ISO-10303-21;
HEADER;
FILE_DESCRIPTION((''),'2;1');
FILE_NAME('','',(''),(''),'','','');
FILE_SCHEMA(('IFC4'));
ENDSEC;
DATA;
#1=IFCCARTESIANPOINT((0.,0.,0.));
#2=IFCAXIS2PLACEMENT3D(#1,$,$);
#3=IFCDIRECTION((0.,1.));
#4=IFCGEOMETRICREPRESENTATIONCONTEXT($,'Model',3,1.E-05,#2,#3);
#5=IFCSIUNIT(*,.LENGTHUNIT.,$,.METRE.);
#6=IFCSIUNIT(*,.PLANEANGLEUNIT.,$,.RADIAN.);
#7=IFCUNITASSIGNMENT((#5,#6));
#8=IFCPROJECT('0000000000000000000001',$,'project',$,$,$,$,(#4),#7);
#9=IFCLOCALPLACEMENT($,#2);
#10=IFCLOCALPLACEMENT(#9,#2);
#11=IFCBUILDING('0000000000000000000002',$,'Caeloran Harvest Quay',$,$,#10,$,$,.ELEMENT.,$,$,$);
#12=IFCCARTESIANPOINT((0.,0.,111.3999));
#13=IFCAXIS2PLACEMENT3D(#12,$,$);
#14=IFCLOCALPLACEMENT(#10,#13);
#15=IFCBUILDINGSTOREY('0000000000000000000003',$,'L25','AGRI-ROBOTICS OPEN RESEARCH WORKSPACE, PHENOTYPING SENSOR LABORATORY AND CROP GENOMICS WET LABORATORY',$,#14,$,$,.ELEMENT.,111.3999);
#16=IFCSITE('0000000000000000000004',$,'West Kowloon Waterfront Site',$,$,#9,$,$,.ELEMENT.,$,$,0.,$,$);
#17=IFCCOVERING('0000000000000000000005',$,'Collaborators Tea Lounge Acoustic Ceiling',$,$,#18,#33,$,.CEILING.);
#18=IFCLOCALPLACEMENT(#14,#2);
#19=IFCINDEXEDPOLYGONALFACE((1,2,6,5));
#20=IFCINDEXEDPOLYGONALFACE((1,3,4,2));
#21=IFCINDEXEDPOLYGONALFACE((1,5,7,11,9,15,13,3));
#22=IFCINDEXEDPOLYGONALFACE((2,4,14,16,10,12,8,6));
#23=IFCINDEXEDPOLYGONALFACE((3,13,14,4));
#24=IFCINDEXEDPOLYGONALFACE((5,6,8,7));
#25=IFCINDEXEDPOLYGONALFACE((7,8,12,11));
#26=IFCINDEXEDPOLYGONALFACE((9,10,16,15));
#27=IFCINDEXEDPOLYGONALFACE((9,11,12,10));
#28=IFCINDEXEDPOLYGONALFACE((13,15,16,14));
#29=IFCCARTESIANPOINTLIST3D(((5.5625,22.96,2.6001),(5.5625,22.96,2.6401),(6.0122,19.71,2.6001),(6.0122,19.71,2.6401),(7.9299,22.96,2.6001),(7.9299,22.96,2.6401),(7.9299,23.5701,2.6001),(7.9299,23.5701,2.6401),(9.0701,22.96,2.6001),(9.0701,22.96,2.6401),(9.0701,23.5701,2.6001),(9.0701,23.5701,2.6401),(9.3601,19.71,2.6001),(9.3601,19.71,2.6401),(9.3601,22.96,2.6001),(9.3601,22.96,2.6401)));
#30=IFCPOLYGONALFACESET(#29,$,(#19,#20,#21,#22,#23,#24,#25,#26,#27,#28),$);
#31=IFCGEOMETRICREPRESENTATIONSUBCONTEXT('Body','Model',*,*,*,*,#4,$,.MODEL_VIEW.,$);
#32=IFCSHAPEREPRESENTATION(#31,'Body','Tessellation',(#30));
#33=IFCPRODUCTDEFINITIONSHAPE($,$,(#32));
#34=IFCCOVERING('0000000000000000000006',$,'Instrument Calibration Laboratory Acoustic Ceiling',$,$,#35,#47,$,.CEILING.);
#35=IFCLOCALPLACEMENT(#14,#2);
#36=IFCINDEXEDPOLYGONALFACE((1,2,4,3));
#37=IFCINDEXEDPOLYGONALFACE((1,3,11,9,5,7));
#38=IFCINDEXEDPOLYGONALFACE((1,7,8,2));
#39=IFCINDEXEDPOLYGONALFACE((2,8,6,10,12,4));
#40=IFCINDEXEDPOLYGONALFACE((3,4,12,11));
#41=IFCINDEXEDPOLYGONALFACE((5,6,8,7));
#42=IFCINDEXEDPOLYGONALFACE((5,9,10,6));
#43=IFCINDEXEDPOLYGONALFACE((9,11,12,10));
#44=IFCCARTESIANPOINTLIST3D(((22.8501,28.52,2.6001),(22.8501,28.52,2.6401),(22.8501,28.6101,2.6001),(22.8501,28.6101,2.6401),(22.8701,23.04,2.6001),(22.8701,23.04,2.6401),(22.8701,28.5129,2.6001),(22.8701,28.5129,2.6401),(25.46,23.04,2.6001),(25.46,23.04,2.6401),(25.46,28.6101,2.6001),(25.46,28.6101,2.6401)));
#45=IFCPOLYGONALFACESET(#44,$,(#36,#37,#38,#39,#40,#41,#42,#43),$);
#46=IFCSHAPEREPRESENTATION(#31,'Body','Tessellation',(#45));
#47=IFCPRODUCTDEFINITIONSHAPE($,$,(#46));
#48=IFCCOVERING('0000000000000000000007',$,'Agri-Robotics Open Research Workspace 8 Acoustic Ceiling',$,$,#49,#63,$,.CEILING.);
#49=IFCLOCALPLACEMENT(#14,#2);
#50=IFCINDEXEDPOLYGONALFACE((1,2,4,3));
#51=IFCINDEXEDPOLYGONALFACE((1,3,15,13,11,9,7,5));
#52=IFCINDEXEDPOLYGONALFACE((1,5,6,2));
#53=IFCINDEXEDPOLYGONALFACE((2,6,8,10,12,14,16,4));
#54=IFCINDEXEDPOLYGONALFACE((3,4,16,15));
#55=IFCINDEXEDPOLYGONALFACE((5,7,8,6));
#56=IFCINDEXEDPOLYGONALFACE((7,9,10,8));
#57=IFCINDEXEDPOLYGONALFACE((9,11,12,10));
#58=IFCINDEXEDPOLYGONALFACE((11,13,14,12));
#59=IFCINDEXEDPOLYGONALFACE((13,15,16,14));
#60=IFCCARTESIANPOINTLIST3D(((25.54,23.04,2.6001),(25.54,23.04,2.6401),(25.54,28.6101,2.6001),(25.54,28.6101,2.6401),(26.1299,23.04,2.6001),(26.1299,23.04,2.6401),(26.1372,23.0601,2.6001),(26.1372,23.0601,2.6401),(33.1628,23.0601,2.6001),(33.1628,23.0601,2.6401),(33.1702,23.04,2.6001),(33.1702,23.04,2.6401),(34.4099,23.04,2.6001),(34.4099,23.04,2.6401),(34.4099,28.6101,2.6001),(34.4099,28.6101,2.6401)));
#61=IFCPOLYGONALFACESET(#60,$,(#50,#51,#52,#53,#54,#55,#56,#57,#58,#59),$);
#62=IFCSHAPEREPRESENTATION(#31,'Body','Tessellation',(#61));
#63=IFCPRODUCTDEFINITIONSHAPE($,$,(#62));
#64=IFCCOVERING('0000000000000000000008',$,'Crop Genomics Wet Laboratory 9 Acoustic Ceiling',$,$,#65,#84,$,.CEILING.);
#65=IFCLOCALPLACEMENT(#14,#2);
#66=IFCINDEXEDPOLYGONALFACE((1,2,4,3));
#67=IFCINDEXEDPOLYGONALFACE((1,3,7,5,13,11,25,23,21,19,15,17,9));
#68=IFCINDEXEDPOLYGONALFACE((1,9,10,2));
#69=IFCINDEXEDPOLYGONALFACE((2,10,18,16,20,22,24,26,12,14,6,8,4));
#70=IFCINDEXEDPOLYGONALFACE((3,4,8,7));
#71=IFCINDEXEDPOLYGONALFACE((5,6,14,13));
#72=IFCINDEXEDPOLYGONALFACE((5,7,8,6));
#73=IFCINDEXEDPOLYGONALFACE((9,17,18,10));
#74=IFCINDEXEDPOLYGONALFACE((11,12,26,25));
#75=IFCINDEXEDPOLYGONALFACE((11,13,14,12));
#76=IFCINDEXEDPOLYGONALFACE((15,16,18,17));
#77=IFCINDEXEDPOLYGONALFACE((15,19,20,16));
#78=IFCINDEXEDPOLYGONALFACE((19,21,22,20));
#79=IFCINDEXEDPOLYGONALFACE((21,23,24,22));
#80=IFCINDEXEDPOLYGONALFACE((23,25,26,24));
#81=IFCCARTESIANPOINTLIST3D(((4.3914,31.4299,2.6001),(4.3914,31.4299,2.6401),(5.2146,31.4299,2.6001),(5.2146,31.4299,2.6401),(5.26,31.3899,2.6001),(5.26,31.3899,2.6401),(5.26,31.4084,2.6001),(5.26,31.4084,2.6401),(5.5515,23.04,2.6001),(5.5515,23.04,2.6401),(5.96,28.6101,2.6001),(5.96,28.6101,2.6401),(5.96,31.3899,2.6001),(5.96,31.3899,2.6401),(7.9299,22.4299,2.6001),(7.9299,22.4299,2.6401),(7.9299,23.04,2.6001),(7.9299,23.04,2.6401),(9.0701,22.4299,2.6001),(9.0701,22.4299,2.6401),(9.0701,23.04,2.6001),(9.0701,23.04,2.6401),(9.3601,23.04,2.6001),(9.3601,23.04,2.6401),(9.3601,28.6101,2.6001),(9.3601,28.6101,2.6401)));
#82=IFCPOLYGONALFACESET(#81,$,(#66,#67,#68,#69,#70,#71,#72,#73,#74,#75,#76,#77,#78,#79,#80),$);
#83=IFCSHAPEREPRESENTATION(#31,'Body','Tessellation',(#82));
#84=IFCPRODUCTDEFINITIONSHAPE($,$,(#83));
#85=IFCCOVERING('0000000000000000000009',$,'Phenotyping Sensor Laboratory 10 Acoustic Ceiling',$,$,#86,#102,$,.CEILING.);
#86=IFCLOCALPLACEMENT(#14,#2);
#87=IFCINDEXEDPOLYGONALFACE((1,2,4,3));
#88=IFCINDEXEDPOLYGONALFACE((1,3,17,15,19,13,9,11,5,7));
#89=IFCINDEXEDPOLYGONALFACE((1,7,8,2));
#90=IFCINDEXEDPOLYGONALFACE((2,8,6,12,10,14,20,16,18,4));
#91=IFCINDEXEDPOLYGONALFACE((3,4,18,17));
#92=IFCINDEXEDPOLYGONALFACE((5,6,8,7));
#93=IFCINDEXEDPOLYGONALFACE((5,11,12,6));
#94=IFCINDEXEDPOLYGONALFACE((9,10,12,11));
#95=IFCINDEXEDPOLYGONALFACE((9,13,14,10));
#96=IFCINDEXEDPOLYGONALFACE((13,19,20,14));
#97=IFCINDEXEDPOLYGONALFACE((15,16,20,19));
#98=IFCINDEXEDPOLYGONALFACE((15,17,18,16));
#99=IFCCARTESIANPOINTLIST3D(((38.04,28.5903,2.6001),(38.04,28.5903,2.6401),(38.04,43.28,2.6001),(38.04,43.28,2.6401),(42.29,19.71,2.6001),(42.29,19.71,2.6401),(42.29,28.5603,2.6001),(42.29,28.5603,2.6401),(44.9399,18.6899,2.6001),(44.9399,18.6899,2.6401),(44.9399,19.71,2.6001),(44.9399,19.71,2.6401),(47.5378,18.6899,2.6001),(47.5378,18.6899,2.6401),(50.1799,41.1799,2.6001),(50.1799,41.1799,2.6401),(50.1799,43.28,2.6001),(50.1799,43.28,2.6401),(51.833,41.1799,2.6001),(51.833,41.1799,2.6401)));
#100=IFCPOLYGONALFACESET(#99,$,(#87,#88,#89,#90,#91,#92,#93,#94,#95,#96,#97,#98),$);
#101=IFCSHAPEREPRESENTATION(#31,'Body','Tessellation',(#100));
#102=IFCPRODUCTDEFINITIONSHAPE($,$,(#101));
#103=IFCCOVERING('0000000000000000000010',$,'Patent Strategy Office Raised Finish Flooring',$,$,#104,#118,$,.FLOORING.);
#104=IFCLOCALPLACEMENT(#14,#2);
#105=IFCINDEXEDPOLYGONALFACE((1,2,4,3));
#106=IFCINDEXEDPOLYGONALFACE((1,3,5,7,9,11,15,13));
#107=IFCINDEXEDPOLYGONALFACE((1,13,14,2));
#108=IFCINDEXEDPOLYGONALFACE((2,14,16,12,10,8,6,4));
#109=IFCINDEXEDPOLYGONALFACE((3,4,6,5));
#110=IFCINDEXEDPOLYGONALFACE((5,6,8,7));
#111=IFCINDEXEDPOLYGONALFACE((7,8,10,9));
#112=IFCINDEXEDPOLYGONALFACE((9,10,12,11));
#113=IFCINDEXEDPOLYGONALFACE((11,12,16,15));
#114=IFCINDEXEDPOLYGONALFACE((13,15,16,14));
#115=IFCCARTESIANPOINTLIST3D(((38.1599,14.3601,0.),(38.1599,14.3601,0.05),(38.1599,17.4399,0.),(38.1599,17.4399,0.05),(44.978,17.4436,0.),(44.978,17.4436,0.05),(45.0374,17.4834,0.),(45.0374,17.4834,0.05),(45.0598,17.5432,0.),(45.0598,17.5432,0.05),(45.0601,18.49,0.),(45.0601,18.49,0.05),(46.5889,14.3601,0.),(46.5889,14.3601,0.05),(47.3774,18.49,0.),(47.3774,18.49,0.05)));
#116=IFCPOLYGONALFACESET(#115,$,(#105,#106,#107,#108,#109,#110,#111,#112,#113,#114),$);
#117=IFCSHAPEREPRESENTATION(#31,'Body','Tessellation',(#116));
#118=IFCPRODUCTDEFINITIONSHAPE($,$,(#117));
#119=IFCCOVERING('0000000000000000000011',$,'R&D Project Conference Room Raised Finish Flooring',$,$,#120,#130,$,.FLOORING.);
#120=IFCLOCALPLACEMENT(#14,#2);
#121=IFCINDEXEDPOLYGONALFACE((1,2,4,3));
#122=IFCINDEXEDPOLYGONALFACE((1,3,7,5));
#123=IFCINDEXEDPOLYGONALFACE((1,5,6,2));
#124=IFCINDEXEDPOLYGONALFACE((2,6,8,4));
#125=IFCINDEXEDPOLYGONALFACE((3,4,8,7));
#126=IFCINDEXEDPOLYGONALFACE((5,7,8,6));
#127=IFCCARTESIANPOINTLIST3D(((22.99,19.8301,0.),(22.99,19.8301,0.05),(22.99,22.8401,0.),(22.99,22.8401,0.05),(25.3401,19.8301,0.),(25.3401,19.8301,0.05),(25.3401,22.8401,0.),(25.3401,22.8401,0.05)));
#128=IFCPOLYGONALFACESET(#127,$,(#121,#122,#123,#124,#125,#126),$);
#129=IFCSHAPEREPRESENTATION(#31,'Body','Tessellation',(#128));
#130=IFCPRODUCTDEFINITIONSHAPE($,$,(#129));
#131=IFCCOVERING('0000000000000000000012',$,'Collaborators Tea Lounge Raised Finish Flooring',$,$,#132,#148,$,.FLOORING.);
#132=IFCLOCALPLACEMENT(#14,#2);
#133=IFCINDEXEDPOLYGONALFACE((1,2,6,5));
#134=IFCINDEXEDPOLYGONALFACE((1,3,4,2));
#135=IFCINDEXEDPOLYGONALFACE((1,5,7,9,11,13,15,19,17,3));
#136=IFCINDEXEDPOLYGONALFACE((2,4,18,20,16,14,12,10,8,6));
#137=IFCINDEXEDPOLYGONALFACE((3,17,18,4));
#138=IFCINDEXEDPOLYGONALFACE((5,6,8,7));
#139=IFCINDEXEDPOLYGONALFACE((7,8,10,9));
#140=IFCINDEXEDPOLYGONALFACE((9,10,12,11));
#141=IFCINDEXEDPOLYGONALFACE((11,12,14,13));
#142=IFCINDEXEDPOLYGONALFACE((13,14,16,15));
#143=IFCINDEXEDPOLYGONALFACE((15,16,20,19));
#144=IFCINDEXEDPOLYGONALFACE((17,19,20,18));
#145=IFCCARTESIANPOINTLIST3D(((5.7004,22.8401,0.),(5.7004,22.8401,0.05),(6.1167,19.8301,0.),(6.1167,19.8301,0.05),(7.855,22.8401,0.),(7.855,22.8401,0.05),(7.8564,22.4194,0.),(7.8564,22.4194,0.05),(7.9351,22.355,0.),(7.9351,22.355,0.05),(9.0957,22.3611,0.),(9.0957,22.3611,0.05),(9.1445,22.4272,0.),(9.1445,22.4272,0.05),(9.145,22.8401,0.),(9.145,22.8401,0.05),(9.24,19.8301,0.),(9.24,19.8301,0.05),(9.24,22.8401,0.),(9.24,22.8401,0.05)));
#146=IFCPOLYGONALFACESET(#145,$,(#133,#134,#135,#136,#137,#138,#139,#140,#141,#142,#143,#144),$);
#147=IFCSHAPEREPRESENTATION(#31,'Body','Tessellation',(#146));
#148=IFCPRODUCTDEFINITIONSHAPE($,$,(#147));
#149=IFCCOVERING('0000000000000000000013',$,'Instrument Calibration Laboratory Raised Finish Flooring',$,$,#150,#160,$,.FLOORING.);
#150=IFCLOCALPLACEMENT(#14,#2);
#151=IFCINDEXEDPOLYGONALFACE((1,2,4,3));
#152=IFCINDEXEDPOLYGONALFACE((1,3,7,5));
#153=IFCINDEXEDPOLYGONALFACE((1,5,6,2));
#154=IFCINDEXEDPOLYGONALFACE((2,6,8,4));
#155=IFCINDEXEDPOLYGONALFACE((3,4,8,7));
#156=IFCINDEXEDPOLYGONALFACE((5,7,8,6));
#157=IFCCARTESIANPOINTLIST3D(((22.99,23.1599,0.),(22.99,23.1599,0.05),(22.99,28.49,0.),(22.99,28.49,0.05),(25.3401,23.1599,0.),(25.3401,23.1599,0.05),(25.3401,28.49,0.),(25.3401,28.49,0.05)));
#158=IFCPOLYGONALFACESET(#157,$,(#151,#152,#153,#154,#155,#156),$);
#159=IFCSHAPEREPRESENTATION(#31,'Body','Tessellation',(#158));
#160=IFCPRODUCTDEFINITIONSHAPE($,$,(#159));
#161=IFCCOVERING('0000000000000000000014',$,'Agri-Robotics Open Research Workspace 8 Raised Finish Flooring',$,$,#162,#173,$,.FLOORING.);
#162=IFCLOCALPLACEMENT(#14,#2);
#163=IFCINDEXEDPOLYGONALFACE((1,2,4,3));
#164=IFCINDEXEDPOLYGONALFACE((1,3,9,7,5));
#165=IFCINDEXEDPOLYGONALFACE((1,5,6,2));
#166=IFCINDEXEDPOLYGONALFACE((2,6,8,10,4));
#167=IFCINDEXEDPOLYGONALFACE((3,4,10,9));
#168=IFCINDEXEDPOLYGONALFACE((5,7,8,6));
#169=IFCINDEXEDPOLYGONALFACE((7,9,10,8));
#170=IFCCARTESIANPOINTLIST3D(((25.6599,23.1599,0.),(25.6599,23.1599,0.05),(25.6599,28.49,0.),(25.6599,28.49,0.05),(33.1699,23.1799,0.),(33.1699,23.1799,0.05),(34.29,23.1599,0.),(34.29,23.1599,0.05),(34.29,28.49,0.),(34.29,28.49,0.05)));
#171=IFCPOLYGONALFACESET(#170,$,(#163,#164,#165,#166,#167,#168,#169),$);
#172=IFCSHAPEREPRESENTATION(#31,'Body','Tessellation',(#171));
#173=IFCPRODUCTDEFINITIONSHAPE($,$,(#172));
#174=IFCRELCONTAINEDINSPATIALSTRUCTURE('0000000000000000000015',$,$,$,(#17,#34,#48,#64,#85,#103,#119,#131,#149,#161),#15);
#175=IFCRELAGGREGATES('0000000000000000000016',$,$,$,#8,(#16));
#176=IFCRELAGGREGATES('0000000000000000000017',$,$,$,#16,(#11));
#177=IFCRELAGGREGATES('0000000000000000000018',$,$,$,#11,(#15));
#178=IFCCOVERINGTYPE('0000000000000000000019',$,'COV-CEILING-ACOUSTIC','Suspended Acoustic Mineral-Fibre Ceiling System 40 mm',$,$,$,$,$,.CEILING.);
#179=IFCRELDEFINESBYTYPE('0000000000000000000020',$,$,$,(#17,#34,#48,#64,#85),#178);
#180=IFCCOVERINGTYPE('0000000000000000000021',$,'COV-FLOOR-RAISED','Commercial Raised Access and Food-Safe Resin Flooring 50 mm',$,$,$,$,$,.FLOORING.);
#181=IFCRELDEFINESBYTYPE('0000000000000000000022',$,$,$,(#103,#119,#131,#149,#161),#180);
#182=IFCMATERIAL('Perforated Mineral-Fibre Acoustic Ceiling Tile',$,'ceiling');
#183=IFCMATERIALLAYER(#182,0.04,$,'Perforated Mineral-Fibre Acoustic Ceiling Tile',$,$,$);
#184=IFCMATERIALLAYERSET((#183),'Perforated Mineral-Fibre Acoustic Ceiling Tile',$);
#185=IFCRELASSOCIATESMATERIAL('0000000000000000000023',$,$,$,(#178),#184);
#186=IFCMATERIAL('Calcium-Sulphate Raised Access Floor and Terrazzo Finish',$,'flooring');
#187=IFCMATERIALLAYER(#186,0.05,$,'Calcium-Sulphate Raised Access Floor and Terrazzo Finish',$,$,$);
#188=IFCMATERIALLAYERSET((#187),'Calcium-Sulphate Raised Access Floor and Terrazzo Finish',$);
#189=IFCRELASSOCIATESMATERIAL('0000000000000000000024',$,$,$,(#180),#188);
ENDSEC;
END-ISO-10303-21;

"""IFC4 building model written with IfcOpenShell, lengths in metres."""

from ifc_helpers import new_model, si_unit, direction, frame, origin, place, context, subcontext, project, spatial, polyline, outline, extrude, material, layer, layer_set, type_object, element, save


model = new_model("IFC4")

# Units and contexts
model_context = context("Model", 3, precision=1e-05, world=origin(), true_north=direction((0.0, 1.0)))
body_context = subcontext(model_context, "Body", "Model", "MODEL_VIEW")
ifc_project = project(units=[si_unit("LENGTHUNIT", "METRE"), si_unit("PLANEANGLEUNIT", "RADIAN")], contexts=[model_context])

# Site, building, storey
site_placement = place(None, origin())
site = spatial("IfcSite", under=ifc_project, at=site_placement, Name="West Kowloon Waterfront Site", CompositionType="ELEMENT", RefElevation=0.0)
building_placement = place(site_placement, origin())
building = spatial("IfcBuilding", under=site, at=building_placement, Name="Caeloran Harvest Quay", CompositionType="ELEMENT")
storey_placement = place(building_placement, frame((0.0, 0.0, 111.3999)))
storey = spatial("IfcBuildingStorey", under=building, at=storey_placement, Name="L25", Description="AGRI-ROBOTICS OPEN RESEARCH WORKSPACE, PHENOTYPING SENSOR LABORATORY AND CROP GENOMICS WET LABORATORY", CompositionType="ELEMENT", Elevation=111.3999)

# Coverings
ifc_material_1 = material(Name="Perforated Mineral-Fibre Acoustic Ceiling Tile", Category="ceiling")
ifc_layer_1 = layer(ifc_material_1, 0.04, Name="Perforated Mineral-Fibre Acoustic Ceiling Tile")
ifc_layer_set_1 = layer_set([ifc_layer_1], Name="Perforated Mineral-Fibre Acoustic Ceiling Tile")
covering_type_1 = type_object("IfcCoveringType", Name="COV-CEILING-ACOUSTIC", Description="Suspended Acoustic Mineral-Fibre Ceiling System 40 mm", PredefinedType="CEILING", material=ifc_layer_set_1)
covering_1_placement = place(storey_placement, frame((0.0, 0.0, 2.6001)))
element("IfcCovering", 1, at=covering_1_placement, inside=storey, type_object=covering_type_1, Name="Collaborators Tea Lounge Acoustic Ceiling", PredefinedType="CEILING", context=body_context, shape_type="SweptSolid", body=[
    extrude(outline(polyline([(9.3601, 22.96), (9.3601, 19.71), (6.0122, 19.71), (5.5625, 22.96), (7.9299, 22.96), (7.9299, 23.5701), (9.0701, 23.5701), (9.0701, 22.96), (9.3601, 22.96)])), origin(), (0.0, 0.0, 1.0), 0.04),
])
covering_2_placement = place(storey_placement, frame((0.0, 0.0, 2.6001)))
element("IfcCovering", 2, at=covering_2_placement, inside=storey, type_object=covering_type_1, Name="Instrument Calibration Laboratory Acoustic Ceiling", PredefinedType="CEILING", context=body_context, shape_type="SweptSolid", body=[
    extrude(outline(polyline([(22.8701, 28.5129), (22.8501, 28.52), (22.8501, 28.6101), (25.46, 28.6101), (25.46, 23.04), (22.8701, 23.04), (22.8701, 28.5129)])), origin(), (0.0, 0.0, 1.0), 0.04),
])
covering_3_placement = place(storey_placement, frame((0.0, 0.0, 2.6001)))
element("IfcCovering", 3, at=covering_3_placement, inside=storey, type_object=covering_type_1, Name="Agri-Robotics Open Research Workspace 8 Acoustic Ceiling", PredefinedType="CEILING", context=body_context, shape_type="SweptSolid", body=[
    extrude(outline(polyline([(26.1372, 23.0601), (26.1299, 23.04), (25.54, 23.04), (25.54, 28.6101), (34.4099, 28.6101), (34.4099, 23.04), (33.1702, 23.04), (33.1628, 23.0601), (26.1372, 23.0601)])), origin(), (0.0, 0.0, 1.0), 0.04),
])
covering_4_placement = place(storey_placement, frame((0.0, 0.0, 2.6001)))
element("IfcCovering", 4, at=covering_4_placement, inside=storey, type_object=covering_type_1, Name="Crop Genomics Wet Laboratory 9 Acoustic Ceiling", PredefinedType="CEILING", context=body_context, shape_type="SweptSolid", body=[
    extrude(outline(polyline([(9.0701, 22.4299), (7.9299, 22.4299), (7.9299, 23.04), (5.5515, 23.04), (4.3914, 31.4299), (5.2146, 31.4299), (5.26, 31.4084), (5.26, 31.3899), (5.96, 31.3899), (5.96, 28.6101), (9.3601, 28.6101), (9.3601, 23.04), (9.0701, 23.04), (9.0701, 22.4299)])), origin(), (0.0, 0.0, 1.0), 0.04),
])
covering_5_placement = place(storey_placement, frame((0.0, 0.0, 2.6001)))
element("IfcCovering", 5, at=covering_5_placement, inside=storey, type_object=covering_type_1, Name="Phenotyping Sensor Laboratory 10 Acoustic Ceiling", PredefinedType="CEILING", context=body_context, shape_type="SweptSolid", body=[
    extrude(outline(polyline([(50.1799, 41.1799), (51.833, 41.1799), (47.5378, 18.6899), (44.9399, 18.6899), (44.9399, 19.71), (42.29, 19.71), (42.29, 28.5603), (38.04, 28.5903), (38.04, 43.28), (50.1799, 43.28), (50.1799, 41.1799)])), origin(), (0.0, 0.0, 1.0), 0.04),
])
ifc_material_2 = material(Name="Calcium-Sulphate Raised Access Floor and Terrazzo Finish", Category="flooring")
ifc_layer_2 = layer(ifc_material_2, 0.05, Name="Calcium-Sulphate Raised Access Floor and Terrazzo Finish")
ifc_layer_set_2 = layer_set([ifc_layer_2], Name="Calcium-Sulphate Raised Access Floor and Terrazzo Finish")
covering_type_2 = type_object("IfcCoveringType", Name="COV-FLOOR-RAISED", Description="Commercial Raised Access and Food-Safe Resin Flooring 50 mm", PredefinedType="FLOORING", material=ifc_layer_set_2)
covering_6_placement = place(storey_placement, origin())
element("IfcCovering", 6, at=covering_6_placement, inside=storey, type_object=covering_type_2, Name="Patent Strategy Office Raised Finish Flooring", PredefinedType="FLOORING", context=body_context, shape_type="SweptSolid", body=[
    extrude(outline(polyline([(44.978, 17.4436), (45.0374, 17.4834), (45.0598, 17.5432), (45.0601, 18.49), (47.3774, 18.49), (46.5889, 14.3601), (38.1599, 14.3601), (38.1599, 17.4399), (44.978, 17.4436)])), origin(), (0.0, 0.0, 1.0), 0.05),
])
covering_7_placement = place(storey_placement, origin())
element("IfcCovering", 7, at=covering_7_placement, inside=storey, type_object=covering_type_2, Name="R&D Project Conference Room Raised Finish Flooring", PredefinedType="FLOORING", context=body_context, shape_type="SweptSolid", body=[
    extrude(outline(polyline([(25.3401, 19.8301), (22.99, 19.8301), (22.99, 22.8401), (25.3401, 22.8401), (25.3401, 19.8301)])), origin(), (0.0, 0.0, 1.0), 0.05),
])
covering_8_placement = place(storey_placement, origin())
element("IfcCovering", 8, at=covering_8_placement, inside=storey, type_object=covering_type_2, Name="Collaborators Tea Lounge Raised Finish Flooring", PredefinedType="FLOORING", context=body_context, shape_type="SweptSolid", body=[
    extrude(outline(polyline([(7.855, 22.8401), (7.8564, 22.4194), (7.9351, 22.355), (9.0957, 22.3611), (9.1445, 22.4272), (9.145, 22.8401), (9.24, 22.8401), (9.24, 19.8301), (6.1167, 19.8301), (5.7004, 22.8401), (7.855, 22.8401)])), origin(), (0.0, 0.0, 1.0), 0.05),
])
covering_9_placement = place(storey_placement, origin())
element("IfcCovering", 9, at=covering_9_placement, inside=storey, type_object=covering_type_2, Name="Instrument Calibration Laboratory Raised Finish Flooring", PredefinedType="FLOORING", context=body_context, shape_type="SweptSolid", body=[
    extrude(outline(polyline([(22.99, 28.49), (25.3401, 28.49), (25.3401, 23.1599), (22.99, 23.1599), (22.99, 28.49)])), origin(), (0.0, 0.0, 1.0), 0.05),
])
covering_10_placement = place(storey_placement, origin())
element("IfcCovering", 10, at=covering_10_placement, inside=storey, type_object=covering_type_2, Name="Agri-Robotics Open Research Workspace 8 Raised Finish Flooring", PredefinedType="FLOORING", context=body_context, shape_type="SweptSolid", body=[
    extrude(outline(polyline([(33.1699, 23.1799), (25.6599, 23.1599), (25.6599, 28.49), (34.29, 28.49), (34.29, 23.1599), (33.1699, 23.1799)])), origin(), (0.0, 0.0, 1.0), 0.05),
])

save(model, "model.ifc")
